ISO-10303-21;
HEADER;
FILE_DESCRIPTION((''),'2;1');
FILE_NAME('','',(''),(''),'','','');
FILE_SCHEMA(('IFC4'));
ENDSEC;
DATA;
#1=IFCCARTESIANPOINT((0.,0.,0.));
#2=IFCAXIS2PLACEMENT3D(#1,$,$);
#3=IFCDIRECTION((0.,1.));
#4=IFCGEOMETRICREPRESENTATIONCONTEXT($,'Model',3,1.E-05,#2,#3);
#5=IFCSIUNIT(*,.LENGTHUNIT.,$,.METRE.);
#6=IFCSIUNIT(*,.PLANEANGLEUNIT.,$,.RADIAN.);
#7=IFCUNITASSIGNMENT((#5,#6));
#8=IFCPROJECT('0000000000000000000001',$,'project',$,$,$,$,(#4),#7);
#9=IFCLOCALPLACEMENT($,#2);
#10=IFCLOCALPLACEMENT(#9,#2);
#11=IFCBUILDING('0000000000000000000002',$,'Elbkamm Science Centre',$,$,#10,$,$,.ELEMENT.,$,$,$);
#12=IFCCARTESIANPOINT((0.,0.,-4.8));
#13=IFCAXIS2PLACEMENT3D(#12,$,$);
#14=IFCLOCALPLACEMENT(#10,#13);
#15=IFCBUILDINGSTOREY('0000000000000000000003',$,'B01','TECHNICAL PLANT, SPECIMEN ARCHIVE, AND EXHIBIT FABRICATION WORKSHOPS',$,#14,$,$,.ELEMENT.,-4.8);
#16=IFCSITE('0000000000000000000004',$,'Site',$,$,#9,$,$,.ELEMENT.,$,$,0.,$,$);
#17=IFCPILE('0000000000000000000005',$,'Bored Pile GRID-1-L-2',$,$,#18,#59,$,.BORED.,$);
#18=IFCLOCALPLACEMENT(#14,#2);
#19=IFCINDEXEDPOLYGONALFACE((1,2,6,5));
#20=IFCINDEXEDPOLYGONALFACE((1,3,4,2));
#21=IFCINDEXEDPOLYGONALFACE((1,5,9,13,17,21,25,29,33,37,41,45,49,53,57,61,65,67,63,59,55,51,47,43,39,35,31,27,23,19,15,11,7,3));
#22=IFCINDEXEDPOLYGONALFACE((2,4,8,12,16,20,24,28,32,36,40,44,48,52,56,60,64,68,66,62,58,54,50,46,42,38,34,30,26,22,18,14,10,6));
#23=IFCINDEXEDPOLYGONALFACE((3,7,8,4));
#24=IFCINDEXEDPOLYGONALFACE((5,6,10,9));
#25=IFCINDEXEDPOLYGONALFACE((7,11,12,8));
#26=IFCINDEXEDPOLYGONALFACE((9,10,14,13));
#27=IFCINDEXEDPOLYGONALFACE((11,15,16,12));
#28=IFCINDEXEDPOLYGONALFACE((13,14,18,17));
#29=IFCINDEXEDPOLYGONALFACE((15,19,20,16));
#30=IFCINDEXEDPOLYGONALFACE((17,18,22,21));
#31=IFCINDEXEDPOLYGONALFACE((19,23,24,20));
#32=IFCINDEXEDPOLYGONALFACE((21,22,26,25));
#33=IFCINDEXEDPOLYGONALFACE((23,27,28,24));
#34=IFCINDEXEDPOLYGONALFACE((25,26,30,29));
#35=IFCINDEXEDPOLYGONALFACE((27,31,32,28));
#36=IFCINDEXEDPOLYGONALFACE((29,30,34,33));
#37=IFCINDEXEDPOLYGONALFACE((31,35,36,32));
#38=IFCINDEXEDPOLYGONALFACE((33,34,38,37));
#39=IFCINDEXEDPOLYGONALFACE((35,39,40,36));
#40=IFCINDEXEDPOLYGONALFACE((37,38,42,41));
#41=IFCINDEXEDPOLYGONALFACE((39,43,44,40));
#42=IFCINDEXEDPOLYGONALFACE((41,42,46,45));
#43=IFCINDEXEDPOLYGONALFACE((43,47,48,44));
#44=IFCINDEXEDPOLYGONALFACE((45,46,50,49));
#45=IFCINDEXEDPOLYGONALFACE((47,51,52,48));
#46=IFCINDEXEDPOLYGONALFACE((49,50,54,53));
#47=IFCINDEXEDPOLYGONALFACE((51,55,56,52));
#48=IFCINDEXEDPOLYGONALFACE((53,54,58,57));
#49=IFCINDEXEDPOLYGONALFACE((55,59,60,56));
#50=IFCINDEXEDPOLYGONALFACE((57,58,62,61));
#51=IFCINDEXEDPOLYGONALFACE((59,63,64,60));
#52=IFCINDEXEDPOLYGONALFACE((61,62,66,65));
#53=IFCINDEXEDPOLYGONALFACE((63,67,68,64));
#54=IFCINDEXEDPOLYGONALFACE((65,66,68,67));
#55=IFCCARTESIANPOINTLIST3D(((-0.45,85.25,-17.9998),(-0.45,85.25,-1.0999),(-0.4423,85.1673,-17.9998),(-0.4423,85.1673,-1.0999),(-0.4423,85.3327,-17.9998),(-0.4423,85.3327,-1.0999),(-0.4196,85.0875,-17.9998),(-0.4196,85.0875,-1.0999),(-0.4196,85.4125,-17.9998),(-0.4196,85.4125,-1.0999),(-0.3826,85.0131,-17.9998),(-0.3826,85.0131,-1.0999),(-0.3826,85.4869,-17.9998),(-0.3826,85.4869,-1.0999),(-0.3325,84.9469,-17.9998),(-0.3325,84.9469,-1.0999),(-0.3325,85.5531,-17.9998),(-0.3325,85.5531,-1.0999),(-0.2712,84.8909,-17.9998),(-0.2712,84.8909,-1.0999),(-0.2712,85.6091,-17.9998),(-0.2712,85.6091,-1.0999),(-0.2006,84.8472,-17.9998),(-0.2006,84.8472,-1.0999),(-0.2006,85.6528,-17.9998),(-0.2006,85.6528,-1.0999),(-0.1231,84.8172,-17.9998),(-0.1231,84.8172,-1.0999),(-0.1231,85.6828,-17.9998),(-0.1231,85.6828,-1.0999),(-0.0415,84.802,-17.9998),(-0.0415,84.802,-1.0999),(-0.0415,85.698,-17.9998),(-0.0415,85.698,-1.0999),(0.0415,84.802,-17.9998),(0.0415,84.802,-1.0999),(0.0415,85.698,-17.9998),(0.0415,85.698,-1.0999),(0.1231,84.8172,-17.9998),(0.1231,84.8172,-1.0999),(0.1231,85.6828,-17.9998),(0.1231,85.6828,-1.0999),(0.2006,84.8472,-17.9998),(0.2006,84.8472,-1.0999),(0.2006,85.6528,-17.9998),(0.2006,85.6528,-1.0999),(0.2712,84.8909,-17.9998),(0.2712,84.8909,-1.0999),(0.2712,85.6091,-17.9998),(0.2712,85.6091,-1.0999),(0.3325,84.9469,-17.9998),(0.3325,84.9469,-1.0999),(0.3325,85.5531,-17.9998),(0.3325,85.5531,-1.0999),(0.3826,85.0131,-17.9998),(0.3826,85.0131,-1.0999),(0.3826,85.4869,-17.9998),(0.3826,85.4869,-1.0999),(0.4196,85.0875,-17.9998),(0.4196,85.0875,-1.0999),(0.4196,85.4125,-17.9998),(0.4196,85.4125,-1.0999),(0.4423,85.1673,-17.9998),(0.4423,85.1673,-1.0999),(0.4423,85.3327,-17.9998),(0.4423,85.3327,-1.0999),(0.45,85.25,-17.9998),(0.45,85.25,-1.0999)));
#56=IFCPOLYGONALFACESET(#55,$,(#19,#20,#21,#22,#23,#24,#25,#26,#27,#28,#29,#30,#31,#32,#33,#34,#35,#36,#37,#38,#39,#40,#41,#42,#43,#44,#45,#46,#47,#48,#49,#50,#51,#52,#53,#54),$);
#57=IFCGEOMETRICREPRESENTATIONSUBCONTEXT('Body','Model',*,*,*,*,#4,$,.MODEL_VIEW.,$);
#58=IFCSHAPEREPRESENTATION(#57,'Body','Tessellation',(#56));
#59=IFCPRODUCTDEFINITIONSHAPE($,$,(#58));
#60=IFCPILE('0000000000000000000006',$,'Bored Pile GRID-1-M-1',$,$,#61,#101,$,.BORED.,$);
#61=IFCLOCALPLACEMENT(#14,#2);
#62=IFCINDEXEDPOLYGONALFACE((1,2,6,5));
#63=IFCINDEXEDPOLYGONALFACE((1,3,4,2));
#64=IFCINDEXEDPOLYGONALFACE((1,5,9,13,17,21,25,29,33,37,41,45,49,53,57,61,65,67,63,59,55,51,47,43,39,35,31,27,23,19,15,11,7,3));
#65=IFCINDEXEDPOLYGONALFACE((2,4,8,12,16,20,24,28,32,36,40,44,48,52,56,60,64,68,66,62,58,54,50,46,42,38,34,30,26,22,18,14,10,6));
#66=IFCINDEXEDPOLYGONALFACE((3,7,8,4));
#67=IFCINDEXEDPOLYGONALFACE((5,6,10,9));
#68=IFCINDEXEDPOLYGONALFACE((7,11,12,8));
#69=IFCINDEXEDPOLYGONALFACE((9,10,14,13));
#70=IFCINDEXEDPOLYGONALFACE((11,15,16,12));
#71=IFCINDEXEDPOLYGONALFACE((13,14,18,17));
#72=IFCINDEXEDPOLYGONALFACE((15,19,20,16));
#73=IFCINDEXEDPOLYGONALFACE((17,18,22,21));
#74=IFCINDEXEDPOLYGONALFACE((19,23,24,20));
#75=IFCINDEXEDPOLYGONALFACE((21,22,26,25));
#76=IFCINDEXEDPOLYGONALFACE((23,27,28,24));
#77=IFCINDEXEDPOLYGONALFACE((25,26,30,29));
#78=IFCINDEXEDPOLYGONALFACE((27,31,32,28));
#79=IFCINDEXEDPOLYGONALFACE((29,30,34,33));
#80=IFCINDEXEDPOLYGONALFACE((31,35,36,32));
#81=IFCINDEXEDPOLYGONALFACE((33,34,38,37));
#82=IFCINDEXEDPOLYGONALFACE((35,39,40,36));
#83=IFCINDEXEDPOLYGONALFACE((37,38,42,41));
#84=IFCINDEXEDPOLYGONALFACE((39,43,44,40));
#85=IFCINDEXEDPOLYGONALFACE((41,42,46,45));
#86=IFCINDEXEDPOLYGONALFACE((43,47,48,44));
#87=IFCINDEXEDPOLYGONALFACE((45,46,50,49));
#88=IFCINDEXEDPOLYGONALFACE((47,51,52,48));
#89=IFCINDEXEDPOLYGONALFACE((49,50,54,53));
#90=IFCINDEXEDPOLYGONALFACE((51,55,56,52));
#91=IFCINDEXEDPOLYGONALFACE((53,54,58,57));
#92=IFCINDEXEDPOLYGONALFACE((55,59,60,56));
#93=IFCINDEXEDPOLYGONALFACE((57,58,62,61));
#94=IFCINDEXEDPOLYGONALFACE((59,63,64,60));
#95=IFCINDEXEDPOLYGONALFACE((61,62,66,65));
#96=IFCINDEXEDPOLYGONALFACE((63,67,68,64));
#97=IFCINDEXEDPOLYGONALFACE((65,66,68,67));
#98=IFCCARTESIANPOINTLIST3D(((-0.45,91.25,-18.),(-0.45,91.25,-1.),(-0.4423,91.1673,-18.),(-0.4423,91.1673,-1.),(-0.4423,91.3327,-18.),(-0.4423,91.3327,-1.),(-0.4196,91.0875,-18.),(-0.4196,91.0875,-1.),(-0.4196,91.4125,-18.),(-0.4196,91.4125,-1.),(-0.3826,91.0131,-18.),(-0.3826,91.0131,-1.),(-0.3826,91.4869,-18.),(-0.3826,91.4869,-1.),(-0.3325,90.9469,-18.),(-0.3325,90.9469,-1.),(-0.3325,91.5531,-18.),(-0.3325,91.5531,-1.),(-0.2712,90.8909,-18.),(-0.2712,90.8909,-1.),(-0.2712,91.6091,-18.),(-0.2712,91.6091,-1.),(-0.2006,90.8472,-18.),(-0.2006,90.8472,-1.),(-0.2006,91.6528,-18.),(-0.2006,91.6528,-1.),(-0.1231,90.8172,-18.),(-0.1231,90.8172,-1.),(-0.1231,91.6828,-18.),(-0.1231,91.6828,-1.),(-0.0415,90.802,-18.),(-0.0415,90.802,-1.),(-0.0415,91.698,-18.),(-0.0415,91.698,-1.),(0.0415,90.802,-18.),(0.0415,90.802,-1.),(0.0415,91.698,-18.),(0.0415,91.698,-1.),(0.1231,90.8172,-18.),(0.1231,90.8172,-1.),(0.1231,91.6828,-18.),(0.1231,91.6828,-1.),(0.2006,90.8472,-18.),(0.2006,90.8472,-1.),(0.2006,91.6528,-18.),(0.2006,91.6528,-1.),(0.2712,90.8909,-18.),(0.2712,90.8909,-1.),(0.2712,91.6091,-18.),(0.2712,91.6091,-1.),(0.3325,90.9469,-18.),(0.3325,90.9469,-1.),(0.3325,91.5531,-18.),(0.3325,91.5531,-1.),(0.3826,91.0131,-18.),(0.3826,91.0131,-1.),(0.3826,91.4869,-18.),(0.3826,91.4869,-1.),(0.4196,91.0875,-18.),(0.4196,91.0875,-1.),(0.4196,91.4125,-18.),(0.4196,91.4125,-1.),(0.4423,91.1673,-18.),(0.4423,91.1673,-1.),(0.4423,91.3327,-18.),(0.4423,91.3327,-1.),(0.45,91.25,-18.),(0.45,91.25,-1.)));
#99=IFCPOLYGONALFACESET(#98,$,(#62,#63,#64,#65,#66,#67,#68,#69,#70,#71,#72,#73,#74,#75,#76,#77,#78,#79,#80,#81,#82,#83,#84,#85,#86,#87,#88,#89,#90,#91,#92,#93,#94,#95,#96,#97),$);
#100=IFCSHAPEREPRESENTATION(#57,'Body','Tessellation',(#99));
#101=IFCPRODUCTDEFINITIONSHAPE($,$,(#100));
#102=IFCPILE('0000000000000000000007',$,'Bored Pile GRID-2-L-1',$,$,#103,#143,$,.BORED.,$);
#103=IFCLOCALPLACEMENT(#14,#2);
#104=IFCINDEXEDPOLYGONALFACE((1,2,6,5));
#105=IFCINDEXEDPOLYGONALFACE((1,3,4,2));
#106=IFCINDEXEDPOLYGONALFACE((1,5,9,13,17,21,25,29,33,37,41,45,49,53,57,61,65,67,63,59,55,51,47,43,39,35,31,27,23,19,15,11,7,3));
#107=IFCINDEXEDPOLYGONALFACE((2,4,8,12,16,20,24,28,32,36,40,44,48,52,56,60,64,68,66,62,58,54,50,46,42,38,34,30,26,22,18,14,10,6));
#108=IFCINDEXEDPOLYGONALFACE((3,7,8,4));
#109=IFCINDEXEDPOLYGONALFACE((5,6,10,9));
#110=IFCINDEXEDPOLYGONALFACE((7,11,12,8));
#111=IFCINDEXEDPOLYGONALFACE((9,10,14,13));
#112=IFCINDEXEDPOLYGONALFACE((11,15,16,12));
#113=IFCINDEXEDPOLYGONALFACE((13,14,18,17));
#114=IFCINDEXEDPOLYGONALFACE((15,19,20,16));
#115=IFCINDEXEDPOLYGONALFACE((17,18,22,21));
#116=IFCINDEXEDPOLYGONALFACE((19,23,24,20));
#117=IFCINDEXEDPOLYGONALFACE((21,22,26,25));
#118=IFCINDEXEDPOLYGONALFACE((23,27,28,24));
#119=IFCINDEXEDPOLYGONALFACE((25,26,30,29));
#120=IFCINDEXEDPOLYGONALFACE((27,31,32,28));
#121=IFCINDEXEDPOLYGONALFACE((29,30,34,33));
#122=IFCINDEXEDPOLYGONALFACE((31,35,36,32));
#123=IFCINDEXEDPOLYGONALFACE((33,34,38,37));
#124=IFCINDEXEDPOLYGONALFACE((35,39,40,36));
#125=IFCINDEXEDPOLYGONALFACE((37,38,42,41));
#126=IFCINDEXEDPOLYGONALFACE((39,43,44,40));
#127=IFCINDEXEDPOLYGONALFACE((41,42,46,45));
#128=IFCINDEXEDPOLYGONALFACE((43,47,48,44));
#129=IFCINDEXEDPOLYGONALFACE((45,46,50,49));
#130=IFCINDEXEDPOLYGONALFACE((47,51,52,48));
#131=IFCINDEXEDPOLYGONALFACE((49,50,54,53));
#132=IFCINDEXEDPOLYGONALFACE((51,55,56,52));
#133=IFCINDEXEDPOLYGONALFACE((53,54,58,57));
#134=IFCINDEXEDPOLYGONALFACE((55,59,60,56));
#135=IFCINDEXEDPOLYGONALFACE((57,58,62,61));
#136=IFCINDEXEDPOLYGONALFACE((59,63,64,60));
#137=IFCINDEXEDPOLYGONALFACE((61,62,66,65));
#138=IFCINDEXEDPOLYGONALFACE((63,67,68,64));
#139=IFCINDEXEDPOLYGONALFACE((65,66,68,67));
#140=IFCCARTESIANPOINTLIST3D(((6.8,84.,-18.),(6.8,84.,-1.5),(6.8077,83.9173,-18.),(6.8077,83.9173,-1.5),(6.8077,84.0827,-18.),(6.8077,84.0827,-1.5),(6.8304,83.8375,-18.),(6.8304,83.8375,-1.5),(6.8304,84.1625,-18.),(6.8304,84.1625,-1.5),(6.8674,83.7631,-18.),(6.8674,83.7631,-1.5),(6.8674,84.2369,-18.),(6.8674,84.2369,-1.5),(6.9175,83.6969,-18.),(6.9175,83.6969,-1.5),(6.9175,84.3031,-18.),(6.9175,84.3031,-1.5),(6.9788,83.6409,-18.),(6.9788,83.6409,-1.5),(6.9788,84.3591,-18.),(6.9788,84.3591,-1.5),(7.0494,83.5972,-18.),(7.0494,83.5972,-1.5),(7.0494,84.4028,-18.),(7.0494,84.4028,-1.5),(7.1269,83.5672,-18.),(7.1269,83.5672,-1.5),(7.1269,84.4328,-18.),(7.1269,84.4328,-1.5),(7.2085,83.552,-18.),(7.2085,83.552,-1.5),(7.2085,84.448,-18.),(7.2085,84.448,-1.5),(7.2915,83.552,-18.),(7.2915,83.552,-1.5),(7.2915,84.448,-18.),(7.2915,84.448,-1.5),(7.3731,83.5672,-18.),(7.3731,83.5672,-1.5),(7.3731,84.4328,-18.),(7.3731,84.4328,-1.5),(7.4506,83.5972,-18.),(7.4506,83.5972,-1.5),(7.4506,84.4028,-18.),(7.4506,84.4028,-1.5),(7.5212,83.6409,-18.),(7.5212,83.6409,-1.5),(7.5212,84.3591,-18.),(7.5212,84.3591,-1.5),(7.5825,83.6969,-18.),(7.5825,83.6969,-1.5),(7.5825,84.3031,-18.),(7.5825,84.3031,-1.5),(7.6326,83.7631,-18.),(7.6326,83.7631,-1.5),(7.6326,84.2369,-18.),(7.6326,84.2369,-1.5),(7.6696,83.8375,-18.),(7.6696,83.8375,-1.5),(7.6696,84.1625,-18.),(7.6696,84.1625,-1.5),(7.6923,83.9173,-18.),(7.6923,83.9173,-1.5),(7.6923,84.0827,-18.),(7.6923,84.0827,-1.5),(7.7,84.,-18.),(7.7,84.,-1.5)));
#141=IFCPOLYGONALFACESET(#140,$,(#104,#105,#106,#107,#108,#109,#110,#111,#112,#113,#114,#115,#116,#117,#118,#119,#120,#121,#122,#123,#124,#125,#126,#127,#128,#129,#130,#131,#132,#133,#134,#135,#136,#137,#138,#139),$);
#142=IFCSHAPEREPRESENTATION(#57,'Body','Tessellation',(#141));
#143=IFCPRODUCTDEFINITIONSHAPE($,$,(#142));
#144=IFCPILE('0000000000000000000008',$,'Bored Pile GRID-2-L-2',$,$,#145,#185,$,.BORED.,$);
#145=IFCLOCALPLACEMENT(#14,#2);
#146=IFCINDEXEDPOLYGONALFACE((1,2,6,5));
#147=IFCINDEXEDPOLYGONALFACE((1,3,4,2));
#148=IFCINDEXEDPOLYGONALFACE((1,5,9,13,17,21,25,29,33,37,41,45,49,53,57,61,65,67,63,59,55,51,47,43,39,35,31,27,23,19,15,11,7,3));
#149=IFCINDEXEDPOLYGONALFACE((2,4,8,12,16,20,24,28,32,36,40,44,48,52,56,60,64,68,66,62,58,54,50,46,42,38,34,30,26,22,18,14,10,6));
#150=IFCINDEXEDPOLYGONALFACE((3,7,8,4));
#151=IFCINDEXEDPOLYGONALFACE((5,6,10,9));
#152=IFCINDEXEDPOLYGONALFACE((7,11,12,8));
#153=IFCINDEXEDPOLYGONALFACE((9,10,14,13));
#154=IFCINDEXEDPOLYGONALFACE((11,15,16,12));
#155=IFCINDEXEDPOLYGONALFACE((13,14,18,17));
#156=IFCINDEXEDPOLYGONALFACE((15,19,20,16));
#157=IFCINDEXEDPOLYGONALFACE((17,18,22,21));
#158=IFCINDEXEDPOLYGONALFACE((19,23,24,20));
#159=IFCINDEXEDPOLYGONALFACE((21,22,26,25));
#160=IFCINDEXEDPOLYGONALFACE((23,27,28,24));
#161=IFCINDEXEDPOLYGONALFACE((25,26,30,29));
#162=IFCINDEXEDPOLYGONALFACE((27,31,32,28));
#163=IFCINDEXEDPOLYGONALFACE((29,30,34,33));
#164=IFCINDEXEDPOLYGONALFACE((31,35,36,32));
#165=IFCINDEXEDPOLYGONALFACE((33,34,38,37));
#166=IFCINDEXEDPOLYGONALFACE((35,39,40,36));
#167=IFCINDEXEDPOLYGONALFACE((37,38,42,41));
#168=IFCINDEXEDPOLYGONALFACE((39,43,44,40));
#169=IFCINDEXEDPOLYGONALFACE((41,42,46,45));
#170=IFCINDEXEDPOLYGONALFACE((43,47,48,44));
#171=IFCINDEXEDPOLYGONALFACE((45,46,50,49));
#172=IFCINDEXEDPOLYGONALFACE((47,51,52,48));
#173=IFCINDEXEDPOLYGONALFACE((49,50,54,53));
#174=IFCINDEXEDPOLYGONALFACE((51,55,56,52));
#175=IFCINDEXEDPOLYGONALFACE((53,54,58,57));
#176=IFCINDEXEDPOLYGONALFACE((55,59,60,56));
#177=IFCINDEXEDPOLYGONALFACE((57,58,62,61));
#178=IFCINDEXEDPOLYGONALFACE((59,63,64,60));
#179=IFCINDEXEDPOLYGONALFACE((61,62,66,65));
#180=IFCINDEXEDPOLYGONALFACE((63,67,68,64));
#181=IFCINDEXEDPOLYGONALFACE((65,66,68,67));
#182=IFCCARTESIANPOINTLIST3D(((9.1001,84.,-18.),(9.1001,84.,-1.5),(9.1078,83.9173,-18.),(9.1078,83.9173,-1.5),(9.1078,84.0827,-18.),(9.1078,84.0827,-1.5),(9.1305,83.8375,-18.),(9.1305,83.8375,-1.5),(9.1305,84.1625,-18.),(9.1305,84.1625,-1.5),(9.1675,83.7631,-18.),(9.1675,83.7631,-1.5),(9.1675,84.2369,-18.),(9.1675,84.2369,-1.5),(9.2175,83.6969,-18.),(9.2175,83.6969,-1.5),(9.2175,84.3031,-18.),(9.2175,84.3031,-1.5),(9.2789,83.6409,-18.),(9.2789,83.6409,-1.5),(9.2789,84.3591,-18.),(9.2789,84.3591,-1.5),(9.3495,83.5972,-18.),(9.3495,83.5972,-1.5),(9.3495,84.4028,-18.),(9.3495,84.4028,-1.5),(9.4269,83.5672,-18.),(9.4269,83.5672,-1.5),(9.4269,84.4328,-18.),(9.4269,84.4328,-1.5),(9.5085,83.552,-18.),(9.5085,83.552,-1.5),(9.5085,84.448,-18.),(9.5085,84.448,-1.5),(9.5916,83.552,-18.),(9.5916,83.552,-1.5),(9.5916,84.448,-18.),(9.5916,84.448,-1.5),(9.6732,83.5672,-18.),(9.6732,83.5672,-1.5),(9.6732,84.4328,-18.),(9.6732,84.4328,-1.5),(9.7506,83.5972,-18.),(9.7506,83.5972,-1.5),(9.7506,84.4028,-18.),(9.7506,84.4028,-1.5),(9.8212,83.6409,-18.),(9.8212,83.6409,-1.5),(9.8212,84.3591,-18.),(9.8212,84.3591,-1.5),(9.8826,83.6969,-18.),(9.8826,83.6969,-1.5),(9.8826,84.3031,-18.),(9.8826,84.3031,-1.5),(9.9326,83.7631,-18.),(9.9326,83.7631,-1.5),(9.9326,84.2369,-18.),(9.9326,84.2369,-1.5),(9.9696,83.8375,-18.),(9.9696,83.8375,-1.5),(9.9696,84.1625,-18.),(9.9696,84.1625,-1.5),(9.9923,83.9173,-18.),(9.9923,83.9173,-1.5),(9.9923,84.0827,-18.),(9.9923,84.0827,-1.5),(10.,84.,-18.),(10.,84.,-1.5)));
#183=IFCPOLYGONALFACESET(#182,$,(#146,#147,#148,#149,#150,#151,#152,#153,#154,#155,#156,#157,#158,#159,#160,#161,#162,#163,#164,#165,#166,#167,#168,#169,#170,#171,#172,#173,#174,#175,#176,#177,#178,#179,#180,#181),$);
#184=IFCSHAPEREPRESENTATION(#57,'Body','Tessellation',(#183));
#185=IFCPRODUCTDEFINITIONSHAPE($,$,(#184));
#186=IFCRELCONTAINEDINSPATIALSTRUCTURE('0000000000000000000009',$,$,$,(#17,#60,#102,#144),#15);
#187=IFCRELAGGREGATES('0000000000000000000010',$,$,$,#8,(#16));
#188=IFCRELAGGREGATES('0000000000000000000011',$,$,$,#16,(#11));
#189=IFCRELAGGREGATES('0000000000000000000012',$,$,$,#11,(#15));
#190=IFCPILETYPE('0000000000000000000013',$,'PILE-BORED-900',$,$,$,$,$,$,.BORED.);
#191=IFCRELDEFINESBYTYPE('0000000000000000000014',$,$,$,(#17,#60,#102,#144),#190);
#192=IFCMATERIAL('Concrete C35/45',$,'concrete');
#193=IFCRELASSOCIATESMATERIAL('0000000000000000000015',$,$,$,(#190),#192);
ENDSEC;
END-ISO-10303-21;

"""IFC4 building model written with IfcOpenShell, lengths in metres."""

from ifc_helpers import new_model, si_unit, direction, frame, origin, origin_2d, place, context, subcontext, project, spatial, circle, extrude, material, material_profile, profile_set, type_object, element, save


model = new_model("IFC4")

# Units and contexts
model_context = context("Model", 3, precision=1e-05, world=origin(), true_north=direction((0.0, 1.0)))
body_context = subcontext(model_context, "Body", "Model", "MODEL_VIEW")
ifc_project = project(units=[si_unit("LENGTHUNIT", "METRE"), si_unit("PLANEANGLEUNIT", "RADIAN")], contexts=[model_context])

# Site, building, storey
site_placement = place(None, origin())
site = spatial("IfcSite", under=ifc_project, at=site_placement, Name="Site", CompositionType="ELEMENT", RefElevation=0.0)
building_placement = place(site_placement, origin())
building = spatial("IfcBuilding", under=site, at=building_placement, Name="Elbkamm Science Centre", CompositionType="ELEMENT")
storey_placement = place(building_placement, frame((0.0, 0.0, -4.8)))
storey = spatial("IfcBuildingStorey", under=building, at=storey_placement, Name="B01", Description="TECHNICAL PLANT, SPECIMEN ARCHIVE, AND EXHIBIT FABRICATION WORKSHOPS", CompositionType="ELEMENT", Elevation=-4.8)

# Shared definitions
ifc_material_1 = material(Name="Concrete C35/45", Category="concrete")

# Piles
ifc_material_profile_1 = material_profile(ifc_material_1, circle(Radius=0.45, at=origin_2d()), Name="PILE D900")
ifc_profile_set_1 = profile_set([ifc_material_profile_1], Name="Concrete C35/45")
pile_type = type_object("IfcPileType", Name="PILE-BORED-900", PredefinedType="BORED", material=ifc_profile_set_1)
for number, where, z_axis, x_axis, name in (
    (1, (0.0, 85.25, -1.0999), (0.0, 0.0, -1.0), (1.0, 0.0, 0.0), "Bored Pile GRID-1-L-2"),
):
    element("IfcPile", number, at=place(storey_placement, frame(where, z_axis=z_axis, x_axis=x_axis)), inside=storey, type_object=pile_type, Name=name, PredefinedType="BORED", context=body_context, shape_type="SweptSolid", body=[
        extrude(circle(Radius=0.45, at=origin_2d()), origin(), (0.0, 0.0, 1.0), 16.8999),
    ])
pile_1_placement = place(storey_placement, frame((0.0, 91.25, -1.0), z_axis=(0.0, 0.0, -1.0), x_axis=(1.0, 0.0, 0.0)))
element("IfcPile", 2, at=pile_1_placement, inside=storey, type_object=pile_type, Name="Bored Pile GRID-1-M-1", PredefinedType="BORED", context=body_context, shape_type="SweptSolid", body=[
    extrude(circle(Radius=0.45, at=origin_2d()), origin(), (0.0, 0.0, 1.0), 17.0),
])
for number, where, z_axis, x_axis, name in (
    (3, (7.25, 84.0, -1.5), (0.0, 0.0, -1.0), (1.0, 0.0, 0.0), "Bored Pile GRID-2-L-1"),
    (4, (9.55, 84.0, -1.5), (0.0, 0.0, -1.0), (1.0, 0.0, 0.0), "Bored Pile GRID-2-L-2"),
):
    element("IfcPile", number, at=place(storey_placement, frame(where, z_axis=z_axis, x_axis=x_axis)), inside=storey, type_object=pile_type, Name=name, PredefinedType="BORED", context=body_context, shape_type="SweptSolid", body=[
        extrude(circle(Radius=0.45, at=origin_2d()), origin(), (0.0, 0.0, 1.0), 16.5),
    ])

save(model, "model.ifc")
